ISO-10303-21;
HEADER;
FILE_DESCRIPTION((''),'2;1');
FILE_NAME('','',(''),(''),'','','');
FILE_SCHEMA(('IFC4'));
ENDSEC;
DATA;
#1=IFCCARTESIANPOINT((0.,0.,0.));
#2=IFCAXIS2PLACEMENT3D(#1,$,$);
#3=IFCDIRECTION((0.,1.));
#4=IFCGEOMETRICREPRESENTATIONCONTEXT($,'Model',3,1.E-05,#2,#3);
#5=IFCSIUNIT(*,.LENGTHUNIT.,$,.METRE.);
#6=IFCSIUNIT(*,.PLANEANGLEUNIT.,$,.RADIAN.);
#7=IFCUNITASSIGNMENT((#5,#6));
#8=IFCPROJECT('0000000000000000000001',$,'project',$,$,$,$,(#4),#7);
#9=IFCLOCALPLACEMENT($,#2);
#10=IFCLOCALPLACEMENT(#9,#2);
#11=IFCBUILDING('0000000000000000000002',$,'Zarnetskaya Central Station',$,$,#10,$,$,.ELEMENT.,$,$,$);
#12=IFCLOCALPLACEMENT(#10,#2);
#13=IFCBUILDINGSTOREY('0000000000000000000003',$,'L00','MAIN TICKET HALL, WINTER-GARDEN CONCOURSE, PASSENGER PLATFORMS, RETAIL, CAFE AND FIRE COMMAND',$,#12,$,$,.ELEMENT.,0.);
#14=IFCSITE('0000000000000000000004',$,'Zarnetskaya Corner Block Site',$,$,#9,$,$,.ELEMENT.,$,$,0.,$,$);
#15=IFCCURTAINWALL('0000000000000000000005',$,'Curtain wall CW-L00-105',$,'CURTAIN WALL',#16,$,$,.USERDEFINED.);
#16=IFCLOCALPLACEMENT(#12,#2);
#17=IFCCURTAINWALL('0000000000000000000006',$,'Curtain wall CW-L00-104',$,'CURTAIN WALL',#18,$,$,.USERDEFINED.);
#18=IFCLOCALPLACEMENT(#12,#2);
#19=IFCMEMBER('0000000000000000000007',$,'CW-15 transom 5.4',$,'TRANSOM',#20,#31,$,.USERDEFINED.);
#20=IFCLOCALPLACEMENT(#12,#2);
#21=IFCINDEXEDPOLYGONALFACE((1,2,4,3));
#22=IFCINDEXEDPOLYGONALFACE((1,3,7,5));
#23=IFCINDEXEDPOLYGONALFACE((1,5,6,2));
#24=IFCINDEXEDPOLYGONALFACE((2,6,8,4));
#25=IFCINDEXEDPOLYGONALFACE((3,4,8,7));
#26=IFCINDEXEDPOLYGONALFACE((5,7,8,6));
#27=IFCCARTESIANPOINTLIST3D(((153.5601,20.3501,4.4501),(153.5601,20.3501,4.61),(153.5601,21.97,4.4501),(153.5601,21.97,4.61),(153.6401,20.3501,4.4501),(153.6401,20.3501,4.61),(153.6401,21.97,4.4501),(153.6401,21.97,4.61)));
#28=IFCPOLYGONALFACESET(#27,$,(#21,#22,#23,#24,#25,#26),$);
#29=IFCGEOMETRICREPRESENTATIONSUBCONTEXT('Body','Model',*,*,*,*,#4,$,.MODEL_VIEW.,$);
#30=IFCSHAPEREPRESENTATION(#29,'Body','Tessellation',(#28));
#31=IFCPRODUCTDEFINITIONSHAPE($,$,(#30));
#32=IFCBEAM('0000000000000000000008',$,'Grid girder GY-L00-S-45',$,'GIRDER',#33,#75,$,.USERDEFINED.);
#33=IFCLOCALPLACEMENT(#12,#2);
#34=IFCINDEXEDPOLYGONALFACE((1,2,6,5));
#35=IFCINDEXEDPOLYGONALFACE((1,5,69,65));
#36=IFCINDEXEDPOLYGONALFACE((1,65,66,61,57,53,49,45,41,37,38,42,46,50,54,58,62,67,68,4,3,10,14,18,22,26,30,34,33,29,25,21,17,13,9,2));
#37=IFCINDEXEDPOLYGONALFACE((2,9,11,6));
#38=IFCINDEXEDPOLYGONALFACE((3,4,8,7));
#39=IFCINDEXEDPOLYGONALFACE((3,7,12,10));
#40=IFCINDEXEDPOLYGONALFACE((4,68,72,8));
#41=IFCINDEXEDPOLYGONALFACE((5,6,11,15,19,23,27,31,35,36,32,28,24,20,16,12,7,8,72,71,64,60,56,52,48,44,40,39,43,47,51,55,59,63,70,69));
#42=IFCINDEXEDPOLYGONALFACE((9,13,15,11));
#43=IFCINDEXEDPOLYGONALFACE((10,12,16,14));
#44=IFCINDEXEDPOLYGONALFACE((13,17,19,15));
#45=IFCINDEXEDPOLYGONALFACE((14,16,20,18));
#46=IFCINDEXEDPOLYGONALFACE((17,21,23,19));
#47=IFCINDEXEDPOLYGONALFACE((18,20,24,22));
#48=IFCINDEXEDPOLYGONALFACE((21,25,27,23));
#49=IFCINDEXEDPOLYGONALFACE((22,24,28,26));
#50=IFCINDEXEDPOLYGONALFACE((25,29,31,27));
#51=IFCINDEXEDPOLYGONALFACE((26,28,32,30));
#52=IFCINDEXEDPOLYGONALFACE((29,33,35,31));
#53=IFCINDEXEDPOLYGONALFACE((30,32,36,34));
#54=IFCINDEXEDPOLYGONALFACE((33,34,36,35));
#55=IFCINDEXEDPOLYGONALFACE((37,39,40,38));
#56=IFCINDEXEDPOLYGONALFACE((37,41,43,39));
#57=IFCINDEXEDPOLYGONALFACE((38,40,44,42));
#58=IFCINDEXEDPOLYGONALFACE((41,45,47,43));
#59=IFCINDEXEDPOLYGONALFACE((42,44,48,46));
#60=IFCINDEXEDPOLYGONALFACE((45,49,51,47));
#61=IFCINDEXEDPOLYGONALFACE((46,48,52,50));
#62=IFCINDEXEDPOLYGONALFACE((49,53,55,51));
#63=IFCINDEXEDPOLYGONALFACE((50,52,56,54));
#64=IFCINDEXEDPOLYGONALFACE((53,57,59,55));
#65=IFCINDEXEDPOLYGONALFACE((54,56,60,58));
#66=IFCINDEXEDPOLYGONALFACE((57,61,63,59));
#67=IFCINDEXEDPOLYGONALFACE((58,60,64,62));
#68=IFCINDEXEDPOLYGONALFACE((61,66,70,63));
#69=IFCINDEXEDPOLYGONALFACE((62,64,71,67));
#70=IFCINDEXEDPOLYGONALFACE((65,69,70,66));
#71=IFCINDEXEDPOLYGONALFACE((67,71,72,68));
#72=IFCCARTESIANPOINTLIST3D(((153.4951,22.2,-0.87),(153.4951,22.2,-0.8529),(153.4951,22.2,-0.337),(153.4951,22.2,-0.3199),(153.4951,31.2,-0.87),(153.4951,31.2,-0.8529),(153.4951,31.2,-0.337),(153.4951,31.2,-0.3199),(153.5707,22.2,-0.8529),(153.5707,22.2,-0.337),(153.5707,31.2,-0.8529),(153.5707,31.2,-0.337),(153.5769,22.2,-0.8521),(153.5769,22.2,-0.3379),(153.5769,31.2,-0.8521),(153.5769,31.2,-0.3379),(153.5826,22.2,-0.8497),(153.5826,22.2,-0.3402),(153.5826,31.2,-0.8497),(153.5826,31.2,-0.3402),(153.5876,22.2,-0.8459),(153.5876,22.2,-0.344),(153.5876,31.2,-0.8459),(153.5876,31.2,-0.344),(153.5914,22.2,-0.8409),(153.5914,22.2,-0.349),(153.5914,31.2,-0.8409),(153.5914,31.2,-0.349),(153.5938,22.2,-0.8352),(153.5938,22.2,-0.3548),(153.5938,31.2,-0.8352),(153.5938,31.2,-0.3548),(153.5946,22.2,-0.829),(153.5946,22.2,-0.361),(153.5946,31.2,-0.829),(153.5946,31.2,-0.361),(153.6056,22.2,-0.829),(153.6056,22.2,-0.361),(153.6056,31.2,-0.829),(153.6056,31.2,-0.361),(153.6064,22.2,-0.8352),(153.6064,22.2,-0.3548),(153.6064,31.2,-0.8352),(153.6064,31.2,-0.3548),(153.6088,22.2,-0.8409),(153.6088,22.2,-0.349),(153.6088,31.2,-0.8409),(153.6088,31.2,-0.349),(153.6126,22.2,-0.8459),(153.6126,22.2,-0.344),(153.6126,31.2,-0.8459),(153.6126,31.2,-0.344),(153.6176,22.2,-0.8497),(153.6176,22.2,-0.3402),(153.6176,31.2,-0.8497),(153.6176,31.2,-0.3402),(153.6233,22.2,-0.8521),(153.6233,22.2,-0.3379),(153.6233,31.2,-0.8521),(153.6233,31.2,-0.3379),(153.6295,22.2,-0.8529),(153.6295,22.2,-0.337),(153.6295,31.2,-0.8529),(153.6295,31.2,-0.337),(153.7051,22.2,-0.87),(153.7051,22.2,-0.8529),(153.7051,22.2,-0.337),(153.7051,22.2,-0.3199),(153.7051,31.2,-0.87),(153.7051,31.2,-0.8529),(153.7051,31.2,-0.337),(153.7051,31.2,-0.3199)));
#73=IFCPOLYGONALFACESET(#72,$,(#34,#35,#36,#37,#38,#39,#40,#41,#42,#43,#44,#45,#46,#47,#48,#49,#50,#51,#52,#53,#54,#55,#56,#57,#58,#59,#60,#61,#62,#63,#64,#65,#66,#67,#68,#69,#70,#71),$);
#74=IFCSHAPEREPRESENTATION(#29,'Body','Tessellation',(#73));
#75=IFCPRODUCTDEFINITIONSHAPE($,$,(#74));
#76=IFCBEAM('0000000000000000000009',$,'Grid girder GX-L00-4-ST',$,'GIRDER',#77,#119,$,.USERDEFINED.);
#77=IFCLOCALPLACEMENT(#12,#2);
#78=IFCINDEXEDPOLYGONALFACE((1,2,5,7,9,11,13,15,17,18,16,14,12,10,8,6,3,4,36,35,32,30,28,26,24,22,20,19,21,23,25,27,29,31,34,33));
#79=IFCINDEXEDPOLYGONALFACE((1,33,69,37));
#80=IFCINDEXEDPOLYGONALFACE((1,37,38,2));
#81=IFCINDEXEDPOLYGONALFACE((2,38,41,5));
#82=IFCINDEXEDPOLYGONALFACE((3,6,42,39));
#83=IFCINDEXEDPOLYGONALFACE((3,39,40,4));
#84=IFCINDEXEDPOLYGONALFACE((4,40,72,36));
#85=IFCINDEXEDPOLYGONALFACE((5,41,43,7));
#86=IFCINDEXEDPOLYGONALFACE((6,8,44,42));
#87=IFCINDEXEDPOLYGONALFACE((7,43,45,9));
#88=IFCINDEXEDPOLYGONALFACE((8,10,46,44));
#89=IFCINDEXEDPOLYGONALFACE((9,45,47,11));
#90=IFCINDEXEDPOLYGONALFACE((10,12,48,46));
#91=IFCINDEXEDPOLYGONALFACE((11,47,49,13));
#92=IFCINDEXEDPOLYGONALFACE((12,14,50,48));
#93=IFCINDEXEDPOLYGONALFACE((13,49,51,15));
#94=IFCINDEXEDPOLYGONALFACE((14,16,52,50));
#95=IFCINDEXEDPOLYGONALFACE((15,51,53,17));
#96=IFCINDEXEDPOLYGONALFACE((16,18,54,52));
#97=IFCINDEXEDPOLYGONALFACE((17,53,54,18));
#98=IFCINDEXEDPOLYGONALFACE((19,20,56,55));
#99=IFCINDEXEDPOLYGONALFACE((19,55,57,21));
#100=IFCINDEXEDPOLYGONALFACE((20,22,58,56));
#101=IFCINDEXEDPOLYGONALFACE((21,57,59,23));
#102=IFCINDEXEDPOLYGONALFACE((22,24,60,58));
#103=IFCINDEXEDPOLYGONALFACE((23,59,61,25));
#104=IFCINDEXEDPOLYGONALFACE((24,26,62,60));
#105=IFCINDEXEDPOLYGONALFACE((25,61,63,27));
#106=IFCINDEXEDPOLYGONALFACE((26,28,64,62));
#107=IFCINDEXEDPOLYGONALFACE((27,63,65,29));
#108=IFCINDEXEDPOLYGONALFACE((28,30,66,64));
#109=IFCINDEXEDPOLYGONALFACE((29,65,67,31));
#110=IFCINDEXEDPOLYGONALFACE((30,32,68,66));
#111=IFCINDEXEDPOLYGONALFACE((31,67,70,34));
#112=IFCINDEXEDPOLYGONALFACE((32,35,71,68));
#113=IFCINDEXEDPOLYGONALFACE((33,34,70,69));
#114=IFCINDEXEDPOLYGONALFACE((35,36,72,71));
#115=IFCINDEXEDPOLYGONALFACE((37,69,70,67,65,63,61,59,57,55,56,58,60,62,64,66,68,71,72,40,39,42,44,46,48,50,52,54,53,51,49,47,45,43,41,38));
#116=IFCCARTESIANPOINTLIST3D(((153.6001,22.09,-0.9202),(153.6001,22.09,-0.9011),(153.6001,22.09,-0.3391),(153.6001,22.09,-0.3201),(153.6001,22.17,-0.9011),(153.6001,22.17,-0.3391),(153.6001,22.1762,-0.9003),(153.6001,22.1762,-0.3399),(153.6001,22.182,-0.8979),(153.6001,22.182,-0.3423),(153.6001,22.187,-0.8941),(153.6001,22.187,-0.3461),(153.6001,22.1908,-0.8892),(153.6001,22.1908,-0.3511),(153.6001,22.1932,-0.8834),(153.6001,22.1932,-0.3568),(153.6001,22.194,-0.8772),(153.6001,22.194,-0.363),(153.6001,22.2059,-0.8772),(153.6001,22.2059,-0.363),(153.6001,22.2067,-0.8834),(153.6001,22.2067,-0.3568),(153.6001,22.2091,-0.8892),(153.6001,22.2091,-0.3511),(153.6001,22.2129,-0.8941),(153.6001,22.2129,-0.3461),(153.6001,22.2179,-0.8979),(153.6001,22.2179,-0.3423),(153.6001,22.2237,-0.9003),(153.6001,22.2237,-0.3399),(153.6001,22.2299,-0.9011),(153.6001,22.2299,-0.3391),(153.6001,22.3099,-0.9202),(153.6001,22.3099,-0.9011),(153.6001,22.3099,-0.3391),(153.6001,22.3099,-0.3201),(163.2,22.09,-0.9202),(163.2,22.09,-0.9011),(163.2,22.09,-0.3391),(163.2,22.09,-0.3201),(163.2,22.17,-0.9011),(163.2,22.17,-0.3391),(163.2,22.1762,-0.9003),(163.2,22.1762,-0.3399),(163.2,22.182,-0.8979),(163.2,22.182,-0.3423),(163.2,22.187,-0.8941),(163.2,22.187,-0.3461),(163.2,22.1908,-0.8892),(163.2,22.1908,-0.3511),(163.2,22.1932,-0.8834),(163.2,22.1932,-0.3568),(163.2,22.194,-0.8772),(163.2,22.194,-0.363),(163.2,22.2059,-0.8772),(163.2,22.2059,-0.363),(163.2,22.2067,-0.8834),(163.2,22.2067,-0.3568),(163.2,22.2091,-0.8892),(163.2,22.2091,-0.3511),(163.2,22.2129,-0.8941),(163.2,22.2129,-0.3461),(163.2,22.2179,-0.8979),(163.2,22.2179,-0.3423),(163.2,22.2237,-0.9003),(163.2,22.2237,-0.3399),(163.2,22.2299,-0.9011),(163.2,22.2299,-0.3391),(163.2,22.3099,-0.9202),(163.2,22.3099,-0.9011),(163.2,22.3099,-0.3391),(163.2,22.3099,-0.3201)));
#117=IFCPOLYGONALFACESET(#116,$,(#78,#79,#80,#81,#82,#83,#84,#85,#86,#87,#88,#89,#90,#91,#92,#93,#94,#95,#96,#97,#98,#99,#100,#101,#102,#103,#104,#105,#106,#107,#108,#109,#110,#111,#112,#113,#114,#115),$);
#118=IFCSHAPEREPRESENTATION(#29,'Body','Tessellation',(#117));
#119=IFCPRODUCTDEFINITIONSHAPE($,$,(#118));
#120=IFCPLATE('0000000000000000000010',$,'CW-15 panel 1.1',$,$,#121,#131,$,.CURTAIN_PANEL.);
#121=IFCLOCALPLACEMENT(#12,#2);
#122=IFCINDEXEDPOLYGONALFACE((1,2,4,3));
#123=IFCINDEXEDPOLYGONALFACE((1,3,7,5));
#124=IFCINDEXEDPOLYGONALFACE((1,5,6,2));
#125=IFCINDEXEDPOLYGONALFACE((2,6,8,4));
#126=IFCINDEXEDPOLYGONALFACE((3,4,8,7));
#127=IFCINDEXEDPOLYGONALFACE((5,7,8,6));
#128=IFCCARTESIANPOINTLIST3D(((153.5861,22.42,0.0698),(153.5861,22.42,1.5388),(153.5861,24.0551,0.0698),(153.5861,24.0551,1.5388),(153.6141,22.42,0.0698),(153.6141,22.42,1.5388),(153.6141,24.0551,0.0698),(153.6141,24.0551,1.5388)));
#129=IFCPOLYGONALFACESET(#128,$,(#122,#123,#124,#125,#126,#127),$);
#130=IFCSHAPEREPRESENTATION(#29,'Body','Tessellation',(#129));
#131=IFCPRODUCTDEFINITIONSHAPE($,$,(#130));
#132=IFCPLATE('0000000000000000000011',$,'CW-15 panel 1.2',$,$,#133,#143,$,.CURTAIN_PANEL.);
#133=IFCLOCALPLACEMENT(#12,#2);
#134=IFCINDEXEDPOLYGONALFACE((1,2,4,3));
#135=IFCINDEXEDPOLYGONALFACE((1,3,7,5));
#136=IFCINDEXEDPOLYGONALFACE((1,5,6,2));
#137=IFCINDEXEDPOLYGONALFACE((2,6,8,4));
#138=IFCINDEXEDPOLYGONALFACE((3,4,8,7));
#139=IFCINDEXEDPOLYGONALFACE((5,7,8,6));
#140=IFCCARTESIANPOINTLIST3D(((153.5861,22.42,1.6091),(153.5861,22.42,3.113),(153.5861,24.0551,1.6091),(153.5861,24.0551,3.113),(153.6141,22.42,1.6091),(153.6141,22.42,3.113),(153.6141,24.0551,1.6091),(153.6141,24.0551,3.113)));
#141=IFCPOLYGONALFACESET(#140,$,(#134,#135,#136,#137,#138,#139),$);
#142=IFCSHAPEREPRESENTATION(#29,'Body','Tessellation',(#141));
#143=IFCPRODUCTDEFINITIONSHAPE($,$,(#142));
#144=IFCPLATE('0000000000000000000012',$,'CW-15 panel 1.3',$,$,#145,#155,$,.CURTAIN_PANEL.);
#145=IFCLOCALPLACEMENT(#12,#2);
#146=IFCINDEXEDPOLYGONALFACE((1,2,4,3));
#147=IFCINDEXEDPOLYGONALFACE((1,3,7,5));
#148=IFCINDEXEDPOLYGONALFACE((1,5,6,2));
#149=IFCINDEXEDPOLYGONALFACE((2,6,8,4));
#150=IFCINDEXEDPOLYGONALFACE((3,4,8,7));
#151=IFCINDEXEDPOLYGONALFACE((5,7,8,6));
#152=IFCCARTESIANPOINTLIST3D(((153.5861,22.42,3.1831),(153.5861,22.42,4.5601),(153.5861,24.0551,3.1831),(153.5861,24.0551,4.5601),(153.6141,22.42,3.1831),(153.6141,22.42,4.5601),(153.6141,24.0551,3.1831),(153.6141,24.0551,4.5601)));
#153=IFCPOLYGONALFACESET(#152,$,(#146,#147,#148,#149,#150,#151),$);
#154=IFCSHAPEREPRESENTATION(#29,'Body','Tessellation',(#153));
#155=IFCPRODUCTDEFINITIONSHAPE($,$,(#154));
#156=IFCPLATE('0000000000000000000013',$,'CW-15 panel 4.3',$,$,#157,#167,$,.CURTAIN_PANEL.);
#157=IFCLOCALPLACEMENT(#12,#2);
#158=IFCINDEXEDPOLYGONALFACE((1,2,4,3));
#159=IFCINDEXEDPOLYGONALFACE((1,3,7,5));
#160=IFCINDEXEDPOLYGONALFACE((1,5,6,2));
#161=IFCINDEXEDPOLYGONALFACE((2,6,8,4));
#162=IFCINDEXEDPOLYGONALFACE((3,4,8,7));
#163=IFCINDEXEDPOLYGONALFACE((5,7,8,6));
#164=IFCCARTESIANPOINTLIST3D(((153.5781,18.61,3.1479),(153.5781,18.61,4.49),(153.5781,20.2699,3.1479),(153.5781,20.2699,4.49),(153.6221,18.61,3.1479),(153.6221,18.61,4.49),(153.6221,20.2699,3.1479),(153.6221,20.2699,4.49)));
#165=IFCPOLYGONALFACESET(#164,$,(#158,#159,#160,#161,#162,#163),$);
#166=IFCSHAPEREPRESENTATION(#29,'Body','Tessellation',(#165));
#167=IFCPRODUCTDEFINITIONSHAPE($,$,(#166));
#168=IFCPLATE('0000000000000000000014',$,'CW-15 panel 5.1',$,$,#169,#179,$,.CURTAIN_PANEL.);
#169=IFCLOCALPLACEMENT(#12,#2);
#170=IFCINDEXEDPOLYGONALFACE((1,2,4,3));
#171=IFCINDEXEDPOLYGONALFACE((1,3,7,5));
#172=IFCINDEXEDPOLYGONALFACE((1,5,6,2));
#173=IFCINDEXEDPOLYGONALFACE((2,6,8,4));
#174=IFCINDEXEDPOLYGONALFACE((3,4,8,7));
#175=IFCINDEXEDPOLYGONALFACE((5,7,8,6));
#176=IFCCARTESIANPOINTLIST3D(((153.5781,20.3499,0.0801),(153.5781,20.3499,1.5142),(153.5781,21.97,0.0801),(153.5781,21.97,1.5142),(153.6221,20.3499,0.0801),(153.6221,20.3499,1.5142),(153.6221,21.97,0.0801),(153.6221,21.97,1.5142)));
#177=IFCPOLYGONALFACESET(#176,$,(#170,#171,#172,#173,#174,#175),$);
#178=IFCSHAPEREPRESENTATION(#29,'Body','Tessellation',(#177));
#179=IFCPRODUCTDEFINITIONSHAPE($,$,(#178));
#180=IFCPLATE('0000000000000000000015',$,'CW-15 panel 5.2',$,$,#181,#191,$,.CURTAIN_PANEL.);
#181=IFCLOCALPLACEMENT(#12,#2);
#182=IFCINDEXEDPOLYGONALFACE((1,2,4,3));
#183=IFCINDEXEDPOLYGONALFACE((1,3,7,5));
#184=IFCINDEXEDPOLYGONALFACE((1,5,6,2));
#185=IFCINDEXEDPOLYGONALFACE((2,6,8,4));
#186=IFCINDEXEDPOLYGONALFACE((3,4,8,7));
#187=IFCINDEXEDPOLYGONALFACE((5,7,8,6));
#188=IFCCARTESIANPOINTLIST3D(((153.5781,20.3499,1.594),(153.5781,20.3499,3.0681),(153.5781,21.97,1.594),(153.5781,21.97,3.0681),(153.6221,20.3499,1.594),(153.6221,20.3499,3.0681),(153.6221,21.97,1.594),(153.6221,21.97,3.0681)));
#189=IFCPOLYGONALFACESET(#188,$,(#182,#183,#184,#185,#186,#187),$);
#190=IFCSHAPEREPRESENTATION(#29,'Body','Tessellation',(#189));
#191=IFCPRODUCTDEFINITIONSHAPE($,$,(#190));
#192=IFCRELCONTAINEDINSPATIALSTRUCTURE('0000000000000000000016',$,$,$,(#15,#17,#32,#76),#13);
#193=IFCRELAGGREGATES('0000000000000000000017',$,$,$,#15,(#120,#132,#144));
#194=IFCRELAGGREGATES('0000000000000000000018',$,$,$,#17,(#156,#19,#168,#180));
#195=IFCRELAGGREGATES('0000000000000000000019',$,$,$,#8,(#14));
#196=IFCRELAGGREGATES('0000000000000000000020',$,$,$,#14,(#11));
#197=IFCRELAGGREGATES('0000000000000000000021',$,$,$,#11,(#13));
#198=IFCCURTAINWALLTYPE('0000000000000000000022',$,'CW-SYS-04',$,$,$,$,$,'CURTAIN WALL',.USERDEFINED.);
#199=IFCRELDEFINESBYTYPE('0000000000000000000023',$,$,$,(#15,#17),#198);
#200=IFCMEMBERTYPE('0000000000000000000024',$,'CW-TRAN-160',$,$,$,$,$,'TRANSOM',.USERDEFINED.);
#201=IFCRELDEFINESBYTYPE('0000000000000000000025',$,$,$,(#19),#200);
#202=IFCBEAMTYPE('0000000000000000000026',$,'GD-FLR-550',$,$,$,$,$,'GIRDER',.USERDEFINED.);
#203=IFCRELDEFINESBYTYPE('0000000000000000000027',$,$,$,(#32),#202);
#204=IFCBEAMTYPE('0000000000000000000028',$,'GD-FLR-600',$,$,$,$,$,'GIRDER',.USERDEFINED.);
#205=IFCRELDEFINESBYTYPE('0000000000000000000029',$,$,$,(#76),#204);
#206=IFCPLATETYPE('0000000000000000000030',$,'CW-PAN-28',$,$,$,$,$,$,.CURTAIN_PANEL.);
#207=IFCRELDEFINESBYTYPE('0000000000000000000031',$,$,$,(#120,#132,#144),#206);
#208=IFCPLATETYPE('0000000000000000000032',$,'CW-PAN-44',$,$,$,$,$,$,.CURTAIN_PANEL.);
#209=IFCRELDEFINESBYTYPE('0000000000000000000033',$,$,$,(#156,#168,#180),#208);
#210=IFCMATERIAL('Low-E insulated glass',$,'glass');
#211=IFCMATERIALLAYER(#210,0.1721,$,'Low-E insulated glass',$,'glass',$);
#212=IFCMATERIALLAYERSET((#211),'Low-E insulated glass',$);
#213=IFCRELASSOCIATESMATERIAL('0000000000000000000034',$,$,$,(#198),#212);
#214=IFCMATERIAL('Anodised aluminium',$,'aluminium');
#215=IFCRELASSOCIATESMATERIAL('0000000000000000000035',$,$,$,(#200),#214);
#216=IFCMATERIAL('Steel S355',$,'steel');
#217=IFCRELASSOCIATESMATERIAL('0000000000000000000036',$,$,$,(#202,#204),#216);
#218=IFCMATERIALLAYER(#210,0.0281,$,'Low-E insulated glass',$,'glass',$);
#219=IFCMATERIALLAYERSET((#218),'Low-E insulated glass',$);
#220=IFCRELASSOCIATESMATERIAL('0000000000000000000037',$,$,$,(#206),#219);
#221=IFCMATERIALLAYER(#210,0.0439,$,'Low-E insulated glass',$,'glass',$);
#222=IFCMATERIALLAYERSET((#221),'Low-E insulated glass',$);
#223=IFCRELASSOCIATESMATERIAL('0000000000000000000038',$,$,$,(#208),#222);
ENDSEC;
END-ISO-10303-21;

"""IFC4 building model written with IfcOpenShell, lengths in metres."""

from ifc_helpers import new_model, si_unit, direction, frame, origin, origin_2d, place, context, subcontext, project, spatial, rectangle, i_section, extrude, material, layer, layer_set, material_profile, profile_set, type_object, element, aggregate, save


model = new_model("IFC4")

# Units and contexts
model_context = context("Model", 3, precision=1e-05, world=origin(), true_north=direction((0.0, 1.0)))
body_context = subcontext(model_context, "Body", "Model", "MODEL_VIEW")
ifc_project = project(units=[si_unit("LENGTHUNIT", "METRE"), si_unit("PLANEANGLEUNIT", "RADIAN")], contexts=[model_context])

# Site, building, storey
site_placement = place(None, origin())
site = spatial("IfcSite", under=ifc_project, at=site_placement, Name="Zarnetskaya Corner Block Site", CompositionType="ELEMENT", RefElevation=0.0)
building_placement = place(site_placement, origin())
building = spatial("IfcBuilding", under=site, at=building_placement, Name="Zarnetskaya Central Station", CompositionType="ELEMENT")
storey_placement = place(building_placement, origin())
storey = spatial("IfcBuildingStorey", under=building, at=storey_placement, Name="L00", Description="MAIN TICKET HALL, WINTER-GARDEN CONCOURSE, PASSENGER PLATFORMS, RETAIL, CAFE AND FIRE COMMAND", CompositionType="ELEMENT", Elevation=0.0)

# Shared definitions
ifc_material_1 = material(Name="Steel S355", Category="steel")

# Curtain wall
ifc_material_2 = material(Name="Low-E insulated glass", Category="glass")
ifc_layer_1 = layer(ifc_material_2, 0.1721, Name="Low-E insulated glass", Category="glass")
ifc_layer_set_1 = layer_set([ifc_layer_1], Name="Low-E insulated glass")
curtain_wall_type = type_object("IfcCurtainWallType", Name="CW-SYS-04", ElementType="CURTAIN WALL", PredefinedType="USERDEFINED", material=ifc_layer_set_1)
curtain_wall_1_placement = place(storey_placement, origin())
curtain_wall_1 = element("IfcCurtainWall", 1, at=curtain_wall_1_placement, inside=storey, type_object=curtain_wall_type, Name="Curtain wall CW-L00-105", ObjectType="CURTAIN WALL", PredefinedType="USERDEFINED")
ifc_material_3 = material(Name="Anodised aluminium", Category="aluminium")

# Curtain wall
curtain_wall_2_placement = place(storey_placement, origin())
curtain_wall_2 = element("IfcCurtainWall", 2, at=curtain_wall_2_placement, inside=storey, type_object=curtain_wall_type, Name="Curtain wall CW-L00-104", ObjectType="CURTAIN WALL", PredefinedType="USERDEFINED")

# Member
ifc_material_profile_1 = material_profile(ifc_material_3, rectangle(XDim=0.0801, YDim=0.1599, at=origin_2d()), Name="ALU TRAN 80x160")
ifc_profile_set_1 = profile_set([ifc_material_profile_1], Name="Anodised aluminium")
member_type_1 = type_object("IfcMemberType", Name="CW-TRAN-160", ElementType="TRANSOM", PredefinedType="USERDEFINED", material=ifc_profile_set_1)
member_1_placement = place(storey_placement, frame((153.6001, 20.3501, 4.53), z_axis=(0.0, 1.0, 0.0), x_axis=(-1.0, 0.0, 0.0)))
member_1 = element("IfcMember", 3, at=member_1_placement, type_object=member_type_1, Name="CW-15 transom 5.4", ObjectType="TRANSOM", PredefinedType="USERDEFINED", context=body_context, shape_type="SweptSolid", body=[
    extrude(rectangle(XDim=0.0801, YDim=0.1599, at=origin_2d()), origin(), (0.0, 0.0, 1.0), 1.6199),
])

# Beams
ifc_material_profile_2 = material_profile(ifc_material_1, i_section(OverallWidth=0.21, OverallDepth=0.55, WebThickness=0.011, FlangeThickness=0.0171, FilletRadius=0.0239, at=origin_2d()), Name="IPE 550")
ifc_profile_set_2 = profile_set([ifc_material_profile_2], Name="Steel S355")
beam_type_1 = type_object("IfcBeamType", Name="GD-FLR-550", ElementType="GIRDER", PredefinedType="USERDEFINED", material=ifc_profile_set_2)
beam_1_placement = place(storey_placement, frame((153.6001, 22.2, -0.595), z_axis=(0.0, 1.0, 0.0), x_axis=(-1.0, 0.0, 0.0)))
element("IfcBeam", 4, at=beam_1_placement, inside=storey, type_object=beam_type_1, Name="Grid girder GY-L00-S-45", ObjectType="GIRDER", PredefinedType="USERDEFINED", context=body_context, shape_type="SweptSolid", body=[
    extrude(i_section(OverallWidth=0.21, OverallDepth=0.55, WebThickness=0.011, FlangeThickness=0.0171, FilletRadius=0.0239, at=origin_2d()), origin(), (0.0, 0.0, 1.0), 9.0),
])
ifc_material_profile_3 = material_profile(ifc_material_1, i_section(OverallWidth=0.22, OverallDepth=0.6001, WebThickness=0.012, FlangeThickness=0.019, FilletRadius=0.0239, at=origin_2d()), Name="IPE 600")
ifc_profile_set_3 = profile_set([ifc_material_profile_3], Name="Steel S355")
beam_type_2 = type_object("IfcBeamType", Name="GD-FLR-600", ElementType="GIRDER", PredefinedType="USERDEFINED", material=ifc_profile_set_3)
beam_2_placement = place(storey_placement, frame((153.6001, 22.2, -0.6201), z_axis=(1.0, 0.0, 0.0), x_axis=(0.0, 1.0, 0.0)))
element("IfcBeam", 5, at=beam_2_placement, inside=storey, type_object=beam_type_2, Name="Grid girder GX-L00-4-ST", ObjectType="GIRDER", PredefinedType="USERDEFINED", context=body_context, shape_type="SweptSolid", body=[
    extrude(i_section(OverallWidth=0.22, OverallDepth=0.6001, WebThickness=0.012, FlangeThickness=0.019, FilletRadius=0.0239, at=origin_2d()), origin(), (0.0, 0.0, 1.0), 9.5999),
])

# Plates
ifc_layer_2 = layer(ifc_material_2, 0.0281, Name="Low-E insulated glass", Category="glass")
ifc_layer_set_2 = layer_set([ifc_layer_2], Name="Low-E insulated glass")
plate_type_1 = type_object("IfcPlateType", Name="CW-PAN-28", PredefinedType="CURTAIN_PANEL", material=ifc_layer_set_2)
plate_1_placement = place(storey_placement, frame((153.6001, 23.2375, 0.0698), z_axis=(0.0, 0.0, 1.0), x_axis=(0.0, 1.0, 0.0)))
plate_1 = element("IfcPlate", 6, at=plate_1_placement, type_object=plate_type_1, Name="CW-15 panel 1.1", PredefinedType="CURTAIN_PANEL", context=body_context, shape_type="SweptSolid", body=[
    extrude(rectangle(XDim=1.635, YDim=0.0281, at=origin_2d()), origin(), (0.0, 0.0, 1.0), 1.469),
])
plate_2_placement = place(storey_placement, frame((153.6001, 23.2375, 1.6091), z_axis=(0.0, 0.0, 1.0), x_axis=(0.0, 1.0, 0.0)))
plate_2 = element("IfcPlate", 7, at=plate_2_placement, type_object=plate_type_1, Name="CW-15 panel 1.2", PredefinedType="CURTAIN_PANEL", context=body_context, shape_type="SweptSolid", body=[
    extrude(rectangle(XDim=1.635, YDim=0.0281, at=origin_2d()), origin(), (0.0, 0.0, 1.0), 1.5039),
])
plate_3_placement = place(storey_placement, frame((153.6001, 23.2375, 3.1831), z_axis=(0.0, 0.0, 1.0), x_axis=(0.0, 1.0, 0.0)))
plate_3 = element("IfcPlate", 8, at=plate_3_placement, type_object=plate_type_1, Name="CW-15 panel 1.3", PredefinedType="CURTAIN_PANEL", context=body_context, shape_type="SweptSolid", body=[
    extrude(rectangle(XDim=1.635, YDim=0.0281, at=origin_2d()), origin(), (0.0, 0.0, 1.0), 1.377),
])
aggregate(curtain_wall_1, [plate_1, plate_2, plate_3])
ifc_layer_3 = layer(ifc_material_2, 0.0439, Name="Low-E insulated glass", Category="glass")
ifc_layer_set_3 = layer_set([ifc_layer_3], Name="Low-E insulated glass")
plate_type_2 = type_object("IfcPlateType", Name="CW-PAN-44", PredefinedType="CURTAIN_PANEL", material=ifc_layer_set_3)
plate_4_placement = place(storey_placement, frame((153.6001, 19.4399, 3.1479), z_axis=(0.0, 0.0, 1.0), x_axis=(0.0, 1.0, 0.0)))
plate_4 = element("IfcPlate", 9, at=plate_4_placement, type_object=plate_type_2, Name="CW-15 panel 4.3", PredefinedType="CURTAIN_PANEL", context=body_context, shape_type="SweptSolid", body=[
    extrude(rectangle(XDim=1.6599, YDim=0.0439, at=origin_2d()), origin(), (0.0, 0.0, 1.0), 1.342),
])
plate_5_placement = place(storey_placement, frame((153.6001, 21.1599, 0.0801), z_axis=(0.0, 0.0, 1.0), x_axis=(0.0, 1.0, 0.0)))
plate_5 = element("IfcPlate", 10, at=plate_5_placement, type_object=plate_type_2, Name="CW-15 panel 5.1", PredefinedType="CURTAIN_PANEL", context=body_context, shape_type="SweptSolid", body=[
    extrude(rectangle(XDim=1.6201, YDim=0.0439, at=origin_2d()), origin(), (0.0, 0.0, 1.0), 1.4341),
])
plate_6_placement = place(storey_placement, frame((153.6001, 21.1599, 1.594), z_axis=(0.0, 0.0, 1.0), x_axis=(0.0, 1.0, 0.0)))
plate_6 = element("IfcPlate", 11, at=plate_6_placement, type_object=plate_type_2, Name="CW-15 panel 5.2", PredefinedType="CURTAIN_PANEL", context=body_context, shape_type="SweptSolid", body=[
    extrude(rectangle(XDim=1.6201, YDim=0.0439, at=origin_2d()), origin(), (0.0, 0.0, 1.0), 1.4741),
])
aggregate(curtain_wall_2, [plate_4, member_1, plate_5, plate_6])

save(model, "model.ifc")
